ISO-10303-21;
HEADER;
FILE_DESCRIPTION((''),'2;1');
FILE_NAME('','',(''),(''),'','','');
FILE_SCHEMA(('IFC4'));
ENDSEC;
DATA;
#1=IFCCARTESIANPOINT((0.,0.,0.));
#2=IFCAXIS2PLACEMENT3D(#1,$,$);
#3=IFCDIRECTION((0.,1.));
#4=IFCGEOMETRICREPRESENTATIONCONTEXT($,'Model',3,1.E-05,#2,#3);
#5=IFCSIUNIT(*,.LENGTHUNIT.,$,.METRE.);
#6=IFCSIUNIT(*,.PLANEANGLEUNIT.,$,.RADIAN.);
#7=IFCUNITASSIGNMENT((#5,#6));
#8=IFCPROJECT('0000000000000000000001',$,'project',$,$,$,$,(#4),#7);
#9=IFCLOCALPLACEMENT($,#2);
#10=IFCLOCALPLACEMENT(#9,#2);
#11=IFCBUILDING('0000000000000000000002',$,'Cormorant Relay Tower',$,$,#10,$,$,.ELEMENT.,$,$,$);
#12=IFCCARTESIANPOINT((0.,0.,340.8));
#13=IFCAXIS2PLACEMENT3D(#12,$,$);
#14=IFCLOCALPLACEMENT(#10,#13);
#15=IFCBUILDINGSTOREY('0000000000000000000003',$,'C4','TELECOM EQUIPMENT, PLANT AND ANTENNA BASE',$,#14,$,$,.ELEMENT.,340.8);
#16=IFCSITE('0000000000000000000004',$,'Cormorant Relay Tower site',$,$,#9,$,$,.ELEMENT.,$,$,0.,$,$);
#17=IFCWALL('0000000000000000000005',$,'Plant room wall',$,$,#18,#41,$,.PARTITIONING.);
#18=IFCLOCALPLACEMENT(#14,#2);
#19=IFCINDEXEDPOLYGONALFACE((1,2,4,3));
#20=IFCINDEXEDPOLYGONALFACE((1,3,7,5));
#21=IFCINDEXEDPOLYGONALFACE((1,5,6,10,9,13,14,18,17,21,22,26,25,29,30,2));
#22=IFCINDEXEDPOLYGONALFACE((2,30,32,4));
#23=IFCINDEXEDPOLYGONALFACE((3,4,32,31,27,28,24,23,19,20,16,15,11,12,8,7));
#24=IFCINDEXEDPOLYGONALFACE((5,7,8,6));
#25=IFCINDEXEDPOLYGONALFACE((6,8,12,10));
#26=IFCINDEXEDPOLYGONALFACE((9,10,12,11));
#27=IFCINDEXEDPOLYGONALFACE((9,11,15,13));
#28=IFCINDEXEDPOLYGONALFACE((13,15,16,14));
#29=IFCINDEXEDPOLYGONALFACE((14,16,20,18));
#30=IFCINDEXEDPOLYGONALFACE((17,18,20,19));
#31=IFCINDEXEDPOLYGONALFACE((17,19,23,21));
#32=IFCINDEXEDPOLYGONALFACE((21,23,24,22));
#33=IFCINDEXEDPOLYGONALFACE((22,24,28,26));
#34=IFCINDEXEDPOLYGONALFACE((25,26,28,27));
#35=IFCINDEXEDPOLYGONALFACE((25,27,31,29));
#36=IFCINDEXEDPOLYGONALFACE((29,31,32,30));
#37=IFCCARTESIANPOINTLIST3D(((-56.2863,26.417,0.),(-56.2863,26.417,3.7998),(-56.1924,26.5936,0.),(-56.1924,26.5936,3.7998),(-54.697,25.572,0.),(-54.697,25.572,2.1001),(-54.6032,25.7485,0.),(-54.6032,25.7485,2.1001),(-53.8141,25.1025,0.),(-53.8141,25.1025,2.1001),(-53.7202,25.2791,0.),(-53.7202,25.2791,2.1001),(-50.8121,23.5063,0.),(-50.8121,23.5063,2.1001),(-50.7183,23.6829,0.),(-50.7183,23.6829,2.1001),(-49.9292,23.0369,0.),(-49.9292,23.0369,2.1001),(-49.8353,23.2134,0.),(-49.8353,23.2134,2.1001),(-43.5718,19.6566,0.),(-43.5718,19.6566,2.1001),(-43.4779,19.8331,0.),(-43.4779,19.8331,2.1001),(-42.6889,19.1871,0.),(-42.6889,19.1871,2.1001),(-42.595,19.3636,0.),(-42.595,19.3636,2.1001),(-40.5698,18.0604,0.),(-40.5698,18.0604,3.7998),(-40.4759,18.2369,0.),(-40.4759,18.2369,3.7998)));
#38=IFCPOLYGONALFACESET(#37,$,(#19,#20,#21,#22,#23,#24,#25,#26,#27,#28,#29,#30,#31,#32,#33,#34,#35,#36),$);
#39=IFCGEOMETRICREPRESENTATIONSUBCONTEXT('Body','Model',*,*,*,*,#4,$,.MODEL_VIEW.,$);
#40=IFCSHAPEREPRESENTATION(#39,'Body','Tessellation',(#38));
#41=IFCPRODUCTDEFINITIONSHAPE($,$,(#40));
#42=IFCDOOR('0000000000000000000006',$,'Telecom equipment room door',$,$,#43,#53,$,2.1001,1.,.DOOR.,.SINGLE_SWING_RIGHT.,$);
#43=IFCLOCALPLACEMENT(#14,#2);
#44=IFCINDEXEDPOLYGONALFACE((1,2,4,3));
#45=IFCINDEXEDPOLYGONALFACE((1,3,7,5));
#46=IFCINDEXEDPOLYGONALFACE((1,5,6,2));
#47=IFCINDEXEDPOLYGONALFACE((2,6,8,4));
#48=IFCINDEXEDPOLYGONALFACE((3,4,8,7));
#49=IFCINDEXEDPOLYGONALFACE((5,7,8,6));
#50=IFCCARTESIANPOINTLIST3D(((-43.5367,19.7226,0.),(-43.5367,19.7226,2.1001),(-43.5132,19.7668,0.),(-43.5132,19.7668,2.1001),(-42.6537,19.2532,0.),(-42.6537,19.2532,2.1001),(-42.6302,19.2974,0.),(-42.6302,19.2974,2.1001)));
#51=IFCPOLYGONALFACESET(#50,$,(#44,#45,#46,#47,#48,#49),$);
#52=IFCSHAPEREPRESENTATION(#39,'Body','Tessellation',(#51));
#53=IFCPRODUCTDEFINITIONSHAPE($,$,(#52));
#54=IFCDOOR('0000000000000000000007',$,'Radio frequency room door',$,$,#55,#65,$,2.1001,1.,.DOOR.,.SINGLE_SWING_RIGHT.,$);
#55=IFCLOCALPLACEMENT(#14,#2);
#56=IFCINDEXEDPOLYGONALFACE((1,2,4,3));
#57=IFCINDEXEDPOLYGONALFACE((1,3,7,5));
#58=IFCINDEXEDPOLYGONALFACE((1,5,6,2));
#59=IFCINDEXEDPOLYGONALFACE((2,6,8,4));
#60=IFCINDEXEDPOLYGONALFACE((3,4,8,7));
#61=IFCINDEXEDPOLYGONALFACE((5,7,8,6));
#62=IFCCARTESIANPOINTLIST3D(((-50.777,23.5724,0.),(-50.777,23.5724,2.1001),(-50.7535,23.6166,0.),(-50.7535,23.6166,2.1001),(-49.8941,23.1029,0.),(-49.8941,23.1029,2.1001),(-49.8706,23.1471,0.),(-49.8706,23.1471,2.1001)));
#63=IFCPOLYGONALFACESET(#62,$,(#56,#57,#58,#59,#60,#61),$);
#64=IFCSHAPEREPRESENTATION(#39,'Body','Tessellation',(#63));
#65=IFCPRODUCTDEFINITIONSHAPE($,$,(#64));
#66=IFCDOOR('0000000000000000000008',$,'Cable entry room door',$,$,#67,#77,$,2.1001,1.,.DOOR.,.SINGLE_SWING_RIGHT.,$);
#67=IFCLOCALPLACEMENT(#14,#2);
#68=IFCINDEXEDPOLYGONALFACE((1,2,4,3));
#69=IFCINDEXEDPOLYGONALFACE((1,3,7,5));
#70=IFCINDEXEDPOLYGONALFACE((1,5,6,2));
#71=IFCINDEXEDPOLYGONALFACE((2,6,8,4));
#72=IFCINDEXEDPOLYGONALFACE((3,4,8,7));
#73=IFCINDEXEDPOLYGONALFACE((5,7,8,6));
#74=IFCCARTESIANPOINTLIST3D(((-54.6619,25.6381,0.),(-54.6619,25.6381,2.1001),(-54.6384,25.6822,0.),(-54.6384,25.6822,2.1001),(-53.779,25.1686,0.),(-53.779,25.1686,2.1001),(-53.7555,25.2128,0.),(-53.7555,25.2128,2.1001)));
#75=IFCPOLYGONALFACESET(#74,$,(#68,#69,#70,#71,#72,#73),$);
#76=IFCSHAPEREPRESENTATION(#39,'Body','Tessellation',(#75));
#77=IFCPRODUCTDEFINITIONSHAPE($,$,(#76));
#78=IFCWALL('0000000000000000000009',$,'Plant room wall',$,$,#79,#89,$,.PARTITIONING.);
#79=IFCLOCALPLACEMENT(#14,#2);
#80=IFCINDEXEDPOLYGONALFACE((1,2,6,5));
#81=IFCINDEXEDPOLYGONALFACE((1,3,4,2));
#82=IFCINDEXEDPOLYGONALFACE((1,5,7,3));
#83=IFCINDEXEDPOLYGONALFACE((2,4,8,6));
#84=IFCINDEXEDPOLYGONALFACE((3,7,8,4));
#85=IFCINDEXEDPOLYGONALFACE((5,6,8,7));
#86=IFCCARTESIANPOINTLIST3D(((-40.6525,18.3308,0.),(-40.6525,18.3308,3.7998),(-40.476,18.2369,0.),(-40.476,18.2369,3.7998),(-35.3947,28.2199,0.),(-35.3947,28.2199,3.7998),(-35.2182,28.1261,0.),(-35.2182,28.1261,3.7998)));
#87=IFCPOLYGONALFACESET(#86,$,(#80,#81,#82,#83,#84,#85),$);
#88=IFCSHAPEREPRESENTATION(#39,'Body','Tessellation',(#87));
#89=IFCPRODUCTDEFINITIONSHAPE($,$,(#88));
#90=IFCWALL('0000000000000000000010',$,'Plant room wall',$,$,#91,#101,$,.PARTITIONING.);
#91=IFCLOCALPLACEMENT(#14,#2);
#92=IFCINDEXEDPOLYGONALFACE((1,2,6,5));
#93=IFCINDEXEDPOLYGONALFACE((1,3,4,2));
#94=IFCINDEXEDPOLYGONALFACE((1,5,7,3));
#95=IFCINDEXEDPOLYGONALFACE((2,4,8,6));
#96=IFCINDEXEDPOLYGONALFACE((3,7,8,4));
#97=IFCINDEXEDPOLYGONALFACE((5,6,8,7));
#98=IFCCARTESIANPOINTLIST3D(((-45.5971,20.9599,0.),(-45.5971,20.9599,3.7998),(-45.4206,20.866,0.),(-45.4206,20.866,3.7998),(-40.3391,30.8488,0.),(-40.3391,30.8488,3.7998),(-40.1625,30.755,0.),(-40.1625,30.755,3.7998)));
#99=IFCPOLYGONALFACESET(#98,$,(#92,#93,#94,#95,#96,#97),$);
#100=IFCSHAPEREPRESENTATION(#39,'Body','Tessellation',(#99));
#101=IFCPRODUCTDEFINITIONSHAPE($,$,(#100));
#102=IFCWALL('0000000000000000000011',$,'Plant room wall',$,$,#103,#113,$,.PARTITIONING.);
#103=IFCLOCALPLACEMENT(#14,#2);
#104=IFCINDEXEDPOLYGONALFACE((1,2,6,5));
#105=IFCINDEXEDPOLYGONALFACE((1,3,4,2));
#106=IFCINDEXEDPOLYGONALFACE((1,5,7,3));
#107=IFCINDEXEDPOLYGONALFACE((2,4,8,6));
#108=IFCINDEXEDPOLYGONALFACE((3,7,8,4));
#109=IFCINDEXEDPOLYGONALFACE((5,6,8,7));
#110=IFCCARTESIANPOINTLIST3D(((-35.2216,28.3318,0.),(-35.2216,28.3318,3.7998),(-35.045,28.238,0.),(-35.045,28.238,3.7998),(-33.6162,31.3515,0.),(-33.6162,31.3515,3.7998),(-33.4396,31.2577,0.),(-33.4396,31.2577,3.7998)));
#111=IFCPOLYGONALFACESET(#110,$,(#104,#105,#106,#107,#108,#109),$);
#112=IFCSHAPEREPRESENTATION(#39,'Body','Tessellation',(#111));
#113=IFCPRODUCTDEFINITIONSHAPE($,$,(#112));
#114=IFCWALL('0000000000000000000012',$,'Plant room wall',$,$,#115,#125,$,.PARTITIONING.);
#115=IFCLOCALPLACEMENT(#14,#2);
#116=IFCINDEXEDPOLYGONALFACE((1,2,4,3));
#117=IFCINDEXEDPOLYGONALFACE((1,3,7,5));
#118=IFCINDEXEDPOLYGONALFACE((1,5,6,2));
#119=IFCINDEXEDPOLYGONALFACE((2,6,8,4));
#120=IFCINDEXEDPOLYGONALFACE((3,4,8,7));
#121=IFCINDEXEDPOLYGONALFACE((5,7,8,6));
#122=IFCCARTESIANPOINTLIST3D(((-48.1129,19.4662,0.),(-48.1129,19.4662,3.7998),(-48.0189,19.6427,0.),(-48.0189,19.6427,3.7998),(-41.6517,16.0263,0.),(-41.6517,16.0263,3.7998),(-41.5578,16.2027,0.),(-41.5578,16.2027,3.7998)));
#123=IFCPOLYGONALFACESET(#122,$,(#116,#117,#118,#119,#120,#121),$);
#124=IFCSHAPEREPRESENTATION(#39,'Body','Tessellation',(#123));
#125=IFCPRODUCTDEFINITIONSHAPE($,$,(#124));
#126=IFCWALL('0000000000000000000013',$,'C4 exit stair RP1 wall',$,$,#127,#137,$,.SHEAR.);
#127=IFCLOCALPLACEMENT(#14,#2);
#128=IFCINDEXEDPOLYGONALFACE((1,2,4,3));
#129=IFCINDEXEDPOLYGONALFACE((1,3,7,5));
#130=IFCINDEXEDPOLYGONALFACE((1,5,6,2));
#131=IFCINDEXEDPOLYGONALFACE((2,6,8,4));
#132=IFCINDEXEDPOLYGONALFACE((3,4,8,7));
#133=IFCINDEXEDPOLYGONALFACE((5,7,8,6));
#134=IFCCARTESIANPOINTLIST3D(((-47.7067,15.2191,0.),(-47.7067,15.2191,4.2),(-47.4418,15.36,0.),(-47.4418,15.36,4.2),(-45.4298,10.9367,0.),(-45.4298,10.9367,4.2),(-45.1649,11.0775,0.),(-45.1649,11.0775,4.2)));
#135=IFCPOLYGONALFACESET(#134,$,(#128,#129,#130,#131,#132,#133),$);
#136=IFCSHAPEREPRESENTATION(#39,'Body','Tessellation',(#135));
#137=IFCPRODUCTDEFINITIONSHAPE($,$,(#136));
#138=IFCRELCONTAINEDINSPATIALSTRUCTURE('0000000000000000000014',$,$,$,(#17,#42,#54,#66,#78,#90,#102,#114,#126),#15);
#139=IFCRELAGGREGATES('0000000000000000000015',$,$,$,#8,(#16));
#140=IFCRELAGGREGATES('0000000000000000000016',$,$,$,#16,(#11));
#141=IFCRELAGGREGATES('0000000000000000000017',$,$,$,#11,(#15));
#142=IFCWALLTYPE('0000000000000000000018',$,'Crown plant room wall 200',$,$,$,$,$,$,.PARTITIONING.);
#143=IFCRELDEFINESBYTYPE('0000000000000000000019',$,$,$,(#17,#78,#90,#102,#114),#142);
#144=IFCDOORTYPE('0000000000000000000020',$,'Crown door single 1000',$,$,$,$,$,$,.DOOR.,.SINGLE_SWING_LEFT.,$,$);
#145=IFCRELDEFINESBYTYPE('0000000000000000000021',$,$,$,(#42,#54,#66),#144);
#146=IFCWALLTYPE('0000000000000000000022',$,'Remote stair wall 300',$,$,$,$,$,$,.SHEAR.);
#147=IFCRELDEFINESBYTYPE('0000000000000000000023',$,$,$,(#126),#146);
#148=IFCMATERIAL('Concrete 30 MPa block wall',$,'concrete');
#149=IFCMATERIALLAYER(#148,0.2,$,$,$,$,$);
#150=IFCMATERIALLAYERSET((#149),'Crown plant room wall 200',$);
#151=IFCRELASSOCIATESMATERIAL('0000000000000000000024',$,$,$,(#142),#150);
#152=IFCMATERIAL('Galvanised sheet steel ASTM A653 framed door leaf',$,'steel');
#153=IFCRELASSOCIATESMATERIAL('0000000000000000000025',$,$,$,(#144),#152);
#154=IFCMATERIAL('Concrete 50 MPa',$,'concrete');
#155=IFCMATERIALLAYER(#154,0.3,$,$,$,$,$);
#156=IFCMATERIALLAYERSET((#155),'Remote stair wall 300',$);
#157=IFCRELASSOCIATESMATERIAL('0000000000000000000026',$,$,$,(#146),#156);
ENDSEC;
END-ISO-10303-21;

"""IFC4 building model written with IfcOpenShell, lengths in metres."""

from ifc_helpers import new_model, si_unit, direction, frame, frame_2d, origin, place, context, subcontext, project, spatial, rectangle, extrude, material, layer, layer_set, type_object, element, fill, save


model = new_model("IFC4")

# Units and contexts
model_context = context("Model", 3, precision=1e-05, world=origin(), true_north=direction((0.0, 1.0)))
body_context = subcontext(model_context, "Body", "Model", "MODEL_VIEW")
ifc_project = project(units=[si_unit("LENGTHUNIT", "METRE"), si_unit("PLANEANGLEUNIT", "RADIAN")], contexts=[model_context])

# Site, building, storey
site_placement = place(None, origin())
site = spatial("IfcSite", under=ifc_project, at=site_placement, Name="Cormorant Relay Tower site", CompositionType="ELEMENT", RefElevation=0.0)
building_placement = place(site_placement, origin())
building = spatial("IfcBuilding", under=site, at=building_placement, Name="Cormorant Relay Tower", CompositionType="ELEMENT")
storey_placement = place(building_placement, frame((0.0, 0.0, 340.8)))
storey = spatial("IfcBuildingStorey", under=building, at=storey_placement, Name="C4", Description="TELECOM EQUIPMENT, PLANT AND ANTENNA BASE", CompositionType="ELEMENT", Elevation=340.8)

# Shared definitions
ifc_material_1 = material(Name="Concrete 30 MPa block wall", Category="concrete")
ifc_layer_1 = layer(ifc_material_1, 0.2)
ifc_layer_set_1 = layer_set([ifc_layer_1], Name="Crown plant room wall 200")
wall_type_1 = type_object("IfcWallType", Name="Crown plant room wall 200", PredefinedType="PARTITIONING", material=ifc_layer_set_1)

# Wall, openings, doors
wall_1_placement = place(storey_placement, frame((-40.5229, 18.1487, 0.0), z_axis=(0.0, 0.0, 1.0), x_axis=(-0.882946, 0.469474, 0.0)))
wall_1 = element("IfcWall", 1, at=wall_1_placement, inside=storey, type_object=wall_type_1, Name="Plant room wall", PredefinedType="PARTITIONING", context=body_context, shape_type="SweptSolid", body=[
    extrude(rectangle(XDim=17.8, YDim=0.2, at=frame_2d((8.8999, 0.0))), origin(), (0.0, 0.0, 1.0), 3.7998),
])
opening_1_placement = place(wall_1_placement, frame((2.3999, 0.0, 0.0)))
opening_1 = element("IfcOpeningElement", 2, at=opening_1_placement, cuts=wall_1, PredefinedType="OPENING", context=body_context, shape_type="SweptSolid", body=[
    extrude(rectangle(XDim=1.0, YDim=2.1001, at=frame_2d((0.5, 1.05))), frame((0.0, 0.1099, 0.0), z_axis=(0.0, -1.0, 0.0), x_axis=(1.0, 0.0, 0.0)), (0.0, 0.0, 1.0), 0.22),
])
opening_2_placement = place(wall_1_placement, frame((10.6001, 0.0, 0.0)))
opening_2 = element("IfcOpeningElement", 3, at=opening_2_placement, cuts=wall_1, PredefinedType="OPENING", context=body_context, shape_type="SweptSolid", body=[
    extrude(rectangle(XDim=1.0, YDim=2.1001, at=frame_2d((0.5, 1.05))), frame((0.0, 0.1099, 0.0), z_axis=(0.0, -1.0, 0.0), x_axis=(1.0, 0.0, 0.0)), (0.0, 0.0, 1.0), 0.22),
])
opening_3_placement = place(wall_1_placement, frame((15.0, 0.0, 0.0)))
opening_3 = element("IfcOpeningElement", 4, at=opening_3_placement, cuts=wall_1, PredefinedType="OPENING", context=body_context, shape_type="SweptSolid", body=[
    extrude(rectangle(XDim=1.0, YDim=2.1001, at=frame_2d((0.5, 1.05))), frame((0.0, 0.1099, 0.0), z_axis=(0.0, -1.0, 0.0), x_axis=(1.0, 0.0, 0.0)), (0.0, 0.0, 1.0), 0.22),
])
ifc_material_2 = material(Name="Galvanised sheet steel ASTM A653 framed door leaf", Category="steel")
door_type_1 = type_object("IfcDoorType", Name="Crown door single 1000", OperationType="SINGLE_SWING_LEFT", PredefinedType="DOOR", material=ifc_material_2)
door_1_placement = place(opening_1_placement, frame((1.0, 0.0, 0.0), z_axis=(0.0, 0.0, 1.0), x_axis=(-1.0, 0.0, 0.0)))
door_1 = element("IfcDoor", 5, at=door_1_placement, inside=storey, type_object=door_type_1, Name="Telecom equipment room door", OperationType="SINGLE_SWING_RIGHT", OverallHeight=2.1001, OverallWidth=1.0, PredefinedType="DOOR", context=body_context, shape_type="SweptSolid", body=[
    extrude(rectangle(XDim=1.0, YDim=2.1001, at=frame_2d((0.5, 1.05))), frame((0.0, 0.0249, 0.0), z_axis=(0.0, -1.0, 0.0), x_axis=(1.0, 0.0, 0.0)), (0.0, 0.0, 1.0), 0.05),
])
fill(opening_1, door_1)
door_2_placement = place(opening_2_placement, frame((1.0, 0.0, 0.0), z_axis=(0.0, 0.0, 1.0), x_axis=(-1.0, 0.0, 0.0)))
door_2 = element("IfcDoor", 6, at=door_2_placement, inside=storey, type_object=door_type_1, Name="Radio frequency room door", OperationType="SINGLE_SWING_RIGHT", OverallHeight=2.1001, OverallWidth=1.0, PredefinedType="DOOR", context=body_context, shape_type="SweptSolid", body=[
    extrude(rectangle(XDim=1.0, YDim=2.1001, at=frame_2d((0.5, 1.05))), frame((0.0, 0.0249, 0.0), z_axis=(0.0, -1.0, 0.0), x_axis=(1.0, 0.0, 0.0)), (0.0, 0.0, 1.0), 0.05),
])
fill(opening_2, door_2)
door_3_placement = place(opening_3_placement, frame((1.0, 0.0, 0.0), z_axis=(0.0, 0.0, 1.0), x_axis=(-1.0, 0.0, 0.0)))
door_3 = element("IfcDoor", 7, at=door_3_placement, inside=storey, type_object=door_type_1, Name="Cable entry room door", OperationType="SINGLE_SWING_RIGHT", OverallHeight=2.1001, OverallWidth=1.0, PredefinedType="DOOR", context=body_context, shape_type="SweptSolid", body=[
    extrude(rectangle(XDim=1.0, YDim=2.1001, at=frame_2d((0.5, 1.05))), frame((0.0, 0.0249, 0.0), z_axis=(0.0, -1.0, 0.0), x_axis=(1.0, 0.0, 0.0)), (0.0, 0.0, 1.0), 0.05),
])
fill(opening_3, door_3)

# Walls
for number, where, z_axis, x_axis, name in (
    (8, (-35.3064, 28.1731, 0.0), (0.0, 0.0, 1.0), (-0.469447, -0.88296, 0.0), "Plant room wall"),
    (9, (-40.2507, 30.802, 0.0), (0.0, 0.0, 1.0), (-0.469473, -0.882947, 0.0), "Plant room wall"),
):
    element("IfcWall", number, at=place(storey_placement, frame(where, z_axis=z_axis, x_axis=x_axis)), inside=storey, type_object=wall_type_1, Name=name, PredefinedType="PARTITIONING", context=body_context, shape_type="SweptSolid", body=[
        extrude(rectangle(XDim=11.2, YDim=0.2, at=frame_2d((5.6001, 0.0))), origin(), (0.0, 0.0, 1.0), 3.7998),
    ])
wall_2_placement = place(storey_placement, frame((-35.1333, 28.2849, 0.0), z_axis=(0.0, 0.0, 1.0), x_axis=(0.469432, 0.882969, 0.0)))
element("IfcWall", 10, at=wall_2_placement, inside=storey, type_object=wall_type_1, Name="Plant room wall", PredefinedType="PARTITIONING", context=body_context, shape_type="SweptSolid", body=[
    extrude(rectangle(XDim=3.4199, YDim=0.2, at=frame_2d((1.71, 0.0))), origin(), (0.0, 0.0, 1.0), 3.7998),
])
wall_3_placement = place(storey_placement, frame((-41.6047, 16.1145, 0.0), z_axis=(0.0, 0.0, 1.0), x_axis=(-0.882694, 0.469948, 0.0)))
element("IfcWall", 11, at=wall_3_placement, inside=storey, type_object=wall_type_1, Name="Plant room wall", PredefinedType="PARTITIONING", context=body_context, shape_type="SweptSolid", body=[
    extrude(rectangle(XDim=7.3198, YDim=0.2, at=frame_2d((3.6599, 0.0))), origin(), (0.0, 0.0, 1.0), 3.7998),
])
ifc_material_3 = material(Name="Concrete 50 MPa", Category="concrete")
ifc_layer_2 = layer(ifc_material_3, 0.3)
ifc_layer_set_2 = layer_set([ifc_layer_2], Name="Remote stair wall 300")
wall_type_2 = type_object("IfcWallType", Name="Remote stair wall 300", PredefinedType="SHEAR", material=ifc_layer_set_2)
wall_4_placement = place(storey_placement, frame((-47.5742, 15.2896, 0.0), z_axis=(0.0, 0.0, 1.0), x_axis=(0.469443, -0.882963, 0.0)))
element("IfcWall", 12, at=wall_4_placement, inside=storey, type_object=wall_type_2, Name="C4 exit stair RP1 wall", PredefinedType="SHEAR", context=body_context, shape_type="SweptSolid", body=[
    extrude(rectangle(XDim=4.8501, YDim=0.3, at=frame_2d((2.425, 0.0))), origin(), (0.0, 0.0, 1.0), 4.2),
])

save(model, "model.ifc")
